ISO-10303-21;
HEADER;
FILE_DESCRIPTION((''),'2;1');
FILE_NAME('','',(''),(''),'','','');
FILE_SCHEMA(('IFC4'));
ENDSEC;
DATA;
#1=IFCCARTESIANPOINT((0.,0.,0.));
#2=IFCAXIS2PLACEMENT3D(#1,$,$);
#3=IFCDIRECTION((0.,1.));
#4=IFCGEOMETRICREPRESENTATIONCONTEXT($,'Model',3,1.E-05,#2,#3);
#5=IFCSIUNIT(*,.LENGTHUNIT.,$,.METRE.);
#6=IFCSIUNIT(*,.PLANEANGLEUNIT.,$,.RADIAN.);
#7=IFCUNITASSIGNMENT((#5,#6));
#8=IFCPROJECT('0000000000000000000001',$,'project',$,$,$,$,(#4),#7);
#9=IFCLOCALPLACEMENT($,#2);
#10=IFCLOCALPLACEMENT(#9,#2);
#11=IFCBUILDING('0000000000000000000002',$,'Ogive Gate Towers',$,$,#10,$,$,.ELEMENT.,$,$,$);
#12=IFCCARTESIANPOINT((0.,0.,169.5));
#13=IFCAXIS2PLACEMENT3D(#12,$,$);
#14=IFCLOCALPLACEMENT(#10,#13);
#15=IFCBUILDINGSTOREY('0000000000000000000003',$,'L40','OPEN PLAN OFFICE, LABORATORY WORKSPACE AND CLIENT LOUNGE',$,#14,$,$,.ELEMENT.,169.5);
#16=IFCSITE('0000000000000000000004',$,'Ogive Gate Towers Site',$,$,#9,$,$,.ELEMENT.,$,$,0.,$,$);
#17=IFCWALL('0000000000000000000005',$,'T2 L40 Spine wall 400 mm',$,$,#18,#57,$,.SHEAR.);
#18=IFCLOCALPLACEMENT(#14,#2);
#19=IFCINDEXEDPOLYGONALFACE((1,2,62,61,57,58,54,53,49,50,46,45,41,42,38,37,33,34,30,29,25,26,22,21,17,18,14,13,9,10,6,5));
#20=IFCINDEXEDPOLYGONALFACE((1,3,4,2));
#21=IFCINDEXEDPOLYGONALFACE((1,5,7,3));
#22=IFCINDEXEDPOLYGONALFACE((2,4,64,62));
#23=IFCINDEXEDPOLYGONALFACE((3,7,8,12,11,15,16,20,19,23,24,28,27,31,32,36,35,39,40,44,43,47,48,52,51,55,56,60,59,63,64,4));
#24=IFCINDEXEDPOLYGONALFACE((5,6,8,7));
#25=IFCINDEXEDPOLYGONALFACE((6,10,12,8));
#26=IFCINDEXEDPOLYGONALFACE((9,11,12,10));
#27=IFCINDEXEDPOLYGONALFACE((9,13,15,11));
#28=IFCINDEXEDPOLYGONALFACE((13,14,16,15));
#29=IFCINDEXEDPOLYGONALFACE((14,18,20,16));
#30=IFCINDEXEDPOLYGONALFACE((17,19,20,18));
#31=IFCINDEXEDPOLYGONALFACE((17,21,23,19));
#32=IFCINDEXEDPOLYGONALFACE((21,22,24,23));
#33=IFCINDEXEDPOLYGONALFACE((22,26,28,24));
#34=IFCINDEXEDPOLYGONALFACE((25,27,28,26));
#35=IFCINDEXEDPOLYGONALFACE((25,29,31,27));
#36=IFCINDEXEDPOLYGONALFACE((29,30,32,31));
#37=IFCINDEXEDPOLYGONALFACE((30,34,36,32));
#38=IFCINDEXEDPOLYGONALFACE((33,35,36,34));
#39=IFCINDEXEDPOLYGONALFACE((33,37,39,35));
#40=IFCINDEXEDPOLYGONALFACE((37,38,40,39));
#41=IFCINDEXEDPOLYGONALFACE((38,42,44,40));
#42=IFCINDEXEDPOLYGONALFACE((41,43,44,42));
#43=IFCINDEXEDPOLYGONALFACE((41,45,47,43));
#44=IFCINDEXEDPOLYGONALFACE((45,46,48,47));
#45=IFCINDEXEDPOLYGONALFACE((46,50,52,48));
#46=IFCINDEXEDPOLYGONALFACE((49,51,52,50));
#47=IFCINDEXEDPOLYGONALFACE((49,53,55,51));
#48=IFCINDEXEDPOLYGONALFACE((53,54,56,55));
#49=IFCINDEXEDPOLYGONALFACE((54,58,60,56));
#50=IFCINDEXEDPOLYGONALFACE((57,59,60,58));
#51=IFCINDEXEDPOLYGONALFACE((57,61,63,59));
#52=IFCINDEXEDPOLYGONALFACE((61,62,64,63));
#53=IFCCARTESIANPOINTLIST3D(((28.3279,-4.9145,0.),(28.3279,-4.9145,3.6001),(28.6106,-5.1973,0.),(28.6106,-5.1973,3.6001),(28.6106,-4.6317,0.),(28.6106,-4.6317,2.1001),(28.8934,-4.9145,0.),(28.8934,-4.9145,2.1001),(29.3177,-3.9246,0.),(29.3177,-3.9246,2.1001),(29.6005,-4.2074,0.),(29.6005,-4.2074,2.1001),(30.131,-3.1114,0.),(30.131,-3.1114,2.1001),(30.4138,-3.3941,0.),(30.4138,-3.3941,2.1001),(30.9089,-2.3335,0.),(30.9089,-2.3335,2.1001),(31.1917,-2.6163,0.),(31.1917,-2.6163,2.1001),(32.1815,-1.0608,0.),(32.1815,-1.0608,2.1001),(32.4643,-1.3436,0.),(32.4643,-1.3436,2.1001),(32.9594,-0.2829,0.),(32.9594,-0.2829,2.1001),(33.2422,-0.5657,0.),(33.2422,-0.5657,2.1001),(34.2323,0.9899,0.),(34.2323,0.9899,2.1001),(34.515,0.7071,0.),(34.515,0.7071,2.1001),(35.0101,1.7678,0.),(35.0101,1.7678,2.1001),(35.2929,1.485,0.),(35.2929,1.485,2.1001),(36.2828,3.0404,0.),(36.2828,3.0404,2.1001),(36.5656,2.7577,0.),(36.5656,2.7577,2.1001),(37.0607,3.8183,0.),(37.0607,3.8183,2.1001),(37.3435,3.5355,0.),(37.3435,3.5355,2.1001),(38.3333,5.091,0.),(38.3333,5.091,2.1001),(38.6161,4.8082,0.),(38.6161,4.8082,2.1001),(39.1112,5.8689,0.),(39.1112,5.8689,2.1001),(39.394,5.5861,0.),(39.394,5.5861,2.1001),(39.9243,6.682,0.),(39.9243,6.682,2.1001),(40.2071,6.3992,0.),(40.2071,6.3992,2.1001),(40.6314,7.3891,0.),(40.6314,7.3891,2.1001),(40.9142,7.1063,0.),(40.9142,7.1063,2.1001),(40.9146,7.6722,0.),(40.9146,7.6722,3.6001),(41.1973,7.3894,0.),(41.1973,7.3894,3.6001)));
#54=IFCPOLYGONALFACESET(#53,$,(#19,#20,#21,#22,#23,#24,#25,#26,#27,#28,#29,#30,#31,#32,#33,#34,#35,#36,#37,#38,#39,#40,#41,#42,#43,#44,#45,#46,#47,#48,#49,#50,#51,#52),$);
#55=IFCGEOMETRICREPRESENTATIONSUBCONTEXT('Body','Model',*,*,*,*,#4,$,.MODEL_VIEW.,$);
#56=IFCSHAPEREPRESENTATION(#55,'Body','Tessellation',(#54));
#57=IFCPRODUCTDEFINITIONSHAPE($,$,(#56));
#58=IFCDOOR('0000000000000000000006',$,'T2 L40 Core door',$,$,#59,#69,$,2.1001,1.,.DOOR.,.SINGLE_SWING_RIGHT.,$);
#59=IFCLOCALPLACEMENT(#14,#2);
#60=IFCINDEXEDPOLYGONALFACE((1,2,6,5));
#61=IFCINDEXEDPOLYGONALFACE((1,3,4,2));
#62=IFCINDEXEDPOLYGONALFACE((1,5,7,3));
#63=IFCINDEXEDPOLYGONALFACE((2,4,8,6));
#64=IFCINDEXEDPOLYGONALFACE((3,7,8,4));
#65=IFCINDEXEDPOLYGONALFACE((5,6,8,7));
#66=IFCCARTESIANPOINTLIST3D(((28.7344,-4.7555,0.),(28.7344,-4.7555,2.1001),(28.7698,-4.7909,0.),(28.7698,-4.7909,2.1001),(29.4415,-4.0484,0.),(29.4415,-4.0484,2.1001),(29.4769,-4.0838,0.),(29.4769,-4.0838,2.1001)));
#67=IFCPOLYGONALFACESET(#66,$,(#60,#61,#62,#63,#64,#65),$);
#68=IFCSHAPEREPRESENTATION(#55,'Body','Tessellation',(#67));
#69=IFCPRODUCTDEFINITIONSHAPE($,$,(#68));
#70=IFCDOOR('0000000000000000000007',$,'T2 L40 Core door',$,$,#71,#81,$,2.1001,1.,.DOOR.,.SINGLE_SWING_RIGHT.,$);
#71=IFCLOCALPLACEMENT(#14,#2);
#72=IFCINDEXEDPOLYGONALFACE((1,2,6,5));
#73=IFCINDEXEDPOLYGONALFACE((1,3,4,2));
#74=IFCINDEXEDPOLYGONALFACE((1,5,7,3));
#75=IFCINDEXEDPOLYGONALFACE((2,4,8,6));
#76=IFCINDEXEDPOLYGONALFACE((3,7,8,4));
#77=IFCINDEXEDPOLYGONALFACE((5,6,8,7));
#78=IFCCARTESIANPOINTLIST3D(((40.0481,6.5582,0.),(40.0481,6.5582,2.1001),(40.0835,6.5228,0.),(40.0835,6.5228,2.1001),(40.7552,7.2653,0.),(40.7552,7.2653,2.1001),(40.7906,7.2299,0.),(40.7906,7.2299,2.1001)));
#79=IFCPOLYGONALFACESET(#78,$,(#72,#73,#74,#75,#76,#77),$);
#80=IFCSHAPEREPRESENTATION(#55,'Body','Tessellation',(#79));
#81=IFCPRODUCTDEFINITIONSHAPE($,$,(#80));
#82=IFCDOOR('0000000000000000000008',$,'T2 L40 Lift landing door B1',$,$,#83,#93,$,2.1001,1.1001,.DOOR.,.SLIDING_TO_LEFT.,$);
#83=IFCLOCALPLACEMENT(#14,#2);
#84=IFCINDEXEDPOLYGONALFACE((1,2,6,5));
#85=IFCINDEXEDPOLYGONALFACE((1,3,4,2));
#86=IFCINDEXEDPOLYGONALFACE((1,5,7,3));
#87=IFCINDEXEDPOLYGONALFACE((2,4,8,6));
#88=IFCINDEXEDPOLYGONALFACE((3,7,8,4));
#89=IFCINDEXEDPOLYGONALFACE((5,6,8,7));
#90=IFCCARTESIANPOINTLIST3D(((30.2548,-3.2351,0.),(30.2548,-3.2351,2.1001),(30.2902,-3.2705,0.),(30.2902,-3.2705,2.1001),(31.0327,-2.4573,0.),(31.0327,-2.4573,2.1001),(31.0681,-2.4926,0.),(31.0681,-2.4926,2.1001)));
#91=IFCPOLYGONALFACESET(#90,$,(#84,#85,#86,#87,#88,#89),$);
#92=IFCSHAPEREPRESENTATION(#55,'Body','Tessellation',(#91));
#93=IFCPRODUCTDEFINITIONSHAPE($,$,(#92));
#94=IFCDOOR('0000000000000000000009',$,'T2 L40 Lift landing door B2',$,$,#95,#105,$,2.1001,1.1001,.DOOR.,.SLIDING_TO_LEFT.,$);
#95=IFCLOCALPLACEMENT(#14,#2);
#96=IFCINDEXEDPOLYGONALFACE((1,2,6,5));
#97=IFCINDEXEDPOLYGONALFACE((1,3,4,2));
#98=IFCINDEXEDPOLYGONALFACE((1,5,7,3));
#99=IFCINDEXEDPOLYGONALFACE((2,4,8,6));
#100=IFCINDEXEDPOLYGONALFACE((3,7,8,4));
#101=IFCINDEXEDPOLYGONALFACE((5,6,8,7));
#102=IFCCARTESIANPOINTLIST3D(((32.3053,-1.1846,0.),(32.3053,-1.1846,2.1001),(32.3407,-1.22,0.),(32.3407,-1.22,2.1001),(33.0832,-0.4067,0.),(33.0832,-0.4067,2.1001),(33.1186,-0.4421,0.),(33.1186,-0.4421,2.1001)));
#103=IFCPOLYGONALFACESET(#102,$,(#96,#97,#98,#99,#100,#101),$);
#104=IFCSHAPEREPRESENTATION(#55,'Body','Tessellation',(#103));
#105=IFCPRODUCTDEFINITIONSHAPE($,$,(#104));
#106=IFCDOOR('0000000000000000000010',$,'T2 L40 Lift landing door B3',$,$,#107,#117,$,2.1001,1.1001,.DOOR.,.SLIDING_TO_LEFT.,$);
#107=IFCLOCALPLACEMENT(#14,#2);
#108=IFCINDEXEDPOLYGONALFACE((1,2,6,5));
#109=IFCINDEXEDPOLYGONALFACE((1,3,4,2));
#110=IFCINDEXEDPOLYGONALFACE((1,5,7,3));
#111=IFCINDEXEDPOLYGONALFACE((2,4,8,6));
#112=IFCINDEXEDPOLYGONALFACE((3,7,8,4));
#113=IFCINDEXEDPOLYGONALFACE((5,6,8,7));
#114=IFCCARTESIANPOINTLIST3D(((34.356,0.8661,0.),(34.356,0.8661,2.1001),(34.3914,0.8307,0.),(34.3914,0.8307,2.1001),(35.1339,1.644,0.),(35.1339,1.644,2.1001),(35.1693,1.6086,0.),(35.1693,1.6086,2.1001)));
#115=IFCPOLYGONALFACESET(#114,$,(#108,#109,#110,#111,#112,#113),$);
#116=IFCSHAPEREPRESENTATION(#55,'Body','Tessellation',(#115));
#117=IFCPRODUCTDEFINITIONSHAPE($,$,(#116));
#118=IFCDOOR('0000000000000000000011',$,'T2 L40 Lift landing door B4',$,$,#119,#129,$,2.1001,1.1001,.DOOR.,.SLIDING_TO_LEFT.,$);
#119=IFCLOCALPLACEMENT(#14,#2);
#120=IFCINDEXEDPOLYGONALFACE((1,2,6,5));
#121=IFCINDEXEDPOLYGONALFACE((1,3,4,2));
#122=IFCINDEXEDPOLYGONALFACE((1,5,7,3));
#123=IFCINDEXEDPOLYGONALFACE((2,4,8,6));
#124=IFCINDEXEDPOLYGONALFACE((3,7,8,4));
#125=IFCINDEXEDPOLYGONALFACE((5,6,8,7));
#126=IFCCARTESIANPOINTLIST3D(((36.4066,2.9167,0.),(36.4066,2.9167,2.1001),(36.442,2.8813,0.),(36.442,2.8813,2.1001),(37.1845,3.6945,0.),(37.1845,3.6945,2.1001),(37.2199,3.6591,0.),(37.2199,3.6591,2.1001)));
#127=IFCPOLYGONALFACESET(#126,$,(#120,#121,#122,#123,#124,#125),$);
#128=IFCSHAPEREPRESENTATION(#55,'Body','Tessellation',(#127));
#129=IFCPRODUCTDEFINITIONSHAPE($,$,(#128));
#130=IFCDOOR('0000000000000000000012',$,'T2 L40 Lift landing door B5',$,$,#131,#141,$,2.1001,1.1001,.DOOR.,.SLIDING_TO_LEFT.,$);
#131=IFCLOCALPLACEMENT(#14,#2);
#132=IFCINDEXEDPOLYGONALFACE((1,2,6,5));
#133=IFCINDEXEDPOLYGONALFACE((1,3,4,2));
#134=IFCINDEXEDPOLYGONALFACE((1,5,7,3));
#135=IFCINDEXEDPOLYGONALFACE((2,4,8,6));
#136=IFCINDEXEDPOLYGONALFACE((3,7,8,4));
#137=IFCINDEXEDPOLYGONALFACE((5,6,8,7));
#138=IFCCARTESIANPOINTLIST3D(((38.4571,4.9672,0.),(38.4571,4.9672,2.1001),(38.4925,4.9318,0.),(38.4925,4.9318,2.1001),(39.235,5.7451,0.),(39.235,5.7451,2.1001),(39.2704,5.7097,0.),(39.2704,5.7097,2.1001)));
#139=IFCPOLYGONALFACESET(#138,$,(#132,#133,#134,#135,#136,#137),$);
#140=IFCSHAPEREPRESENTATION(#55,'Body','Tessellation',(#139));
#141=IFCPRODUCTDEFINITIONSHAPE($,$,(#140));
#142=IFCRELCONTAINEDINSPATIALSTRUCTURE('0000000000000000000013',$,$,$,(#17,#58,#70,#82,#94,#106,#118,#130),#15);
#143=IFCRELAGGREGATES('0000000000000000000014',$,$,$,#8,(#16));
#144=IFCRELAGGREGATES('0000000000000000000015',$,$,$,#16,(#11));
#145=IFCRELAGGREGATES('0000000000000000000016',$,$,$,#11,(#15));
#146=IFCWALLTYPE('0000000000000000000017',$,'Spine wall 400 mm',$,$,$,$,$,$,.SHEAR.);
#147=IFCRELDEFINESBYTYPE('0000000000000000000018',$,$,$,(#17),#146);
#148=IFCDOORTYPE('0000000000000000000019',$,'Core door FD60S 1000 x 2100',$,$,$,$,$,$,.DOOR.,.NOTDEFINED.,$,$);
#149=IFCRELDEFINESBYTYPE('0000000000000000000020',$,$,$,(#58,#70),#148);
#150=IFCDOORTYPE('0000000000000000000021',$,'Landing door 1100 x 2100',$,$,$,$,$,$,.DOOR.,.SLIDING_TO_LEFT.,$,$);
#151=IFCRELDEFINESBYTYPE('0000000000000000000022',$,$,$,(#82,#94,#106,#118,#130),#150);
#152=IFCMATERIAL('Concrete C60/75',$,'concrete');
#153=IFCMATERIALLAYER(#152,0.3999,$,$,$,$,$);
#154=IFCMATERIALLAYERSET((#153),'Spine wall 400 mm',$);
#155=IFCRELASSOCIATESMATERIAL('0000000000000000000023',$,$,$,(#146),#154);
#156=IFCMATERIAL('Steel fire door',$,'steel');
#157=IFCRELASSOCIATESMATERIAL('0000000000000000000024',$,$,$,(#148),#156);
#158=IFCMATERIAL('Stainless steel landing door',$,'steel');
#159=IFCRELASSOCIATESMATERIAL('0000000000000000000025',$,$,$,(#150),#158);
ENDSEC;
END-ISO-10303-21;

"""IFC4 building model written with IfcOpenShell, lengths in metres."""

from ifc_helpers import new_model, si_unit, direction, frame, frame_2d, origin, place, context, subcontext, project, spatial, rectangle, extrude, material, layer, layer_set, type_object, element, fill, save


model = new_model("IFC4")

# Units and contexts
model_context = context("Model", 3, precision=1e-05, world=origin(), true_north=direction((0.0, 1.0)))
body_context = subcontext(model_context, "Body", "Model", "MODEL_VIEW")
ifc_project = project(units=[si_unit("LENGTHUNIT", "METRE"), si_unit("PLANEANGLEUNIT", "RADIAN")], contexts=[model_context])

# Site, building, storey
site_placement = place(None, origin())
site = spatial("IfcSite", under=ifc_project, at=site_placement, Name="Ogive Gate Towers Site", CompositionType="ELEMENT", RefElevation=0.0)
building_placement = place(site_placement, origin())
building = spatial("IfcBuilding", under=site, at=building_placement, Name="Ogive Gate Towers", CompositionType="ELEMENT")
storey_placement = place(building_placement, frame((0.0, 0.0, 169.5)))
storey = spatial("IfcBuildingStorey", under=building, at=storey_placement, Name="L40", Description="OPEN PLAN OFFICE, LABORATORY WORKSPACE AND CLIENT LOUNGE", CompositionType="ELEMENT", Elevation=169.5)

# Shared definitions
ifc_material_1 = material(Name="Concrete C60/75", Category="concrete")

# Wall, openings, doors
ifc_layer_1 = layer(ifc_material_1, 0.3999)
ifc_layer_set_1 = layer_set([ifc_layer_1], Name="Spine wall 400 mm")
wall_type_1 = type_object("IfcWallType", Name="Spine wall 400 mm", PredefinedType="SHEAR", material=ifc_layer_set_1)
ifc_material_2 = material(Name="Steel fire door", Category="steel")
door_type_1 = type_object("IfcDoorType", Name="Core door FD60S 1000 x 2100", OperationType="NOTDEFINED", PredefinedType="DOOR", material=ifc_material_2)
ifc_material_3 = material(Name="Stainless steel landing door", Category="steel")
door_type_2 = type_object("IfcDoorType", Name="Landing door 1100 x 2100", OperationType="SLIDING_TO_LEFT", PredefinedType="DOOR", material=ifc_material_3)
wall_1_placement = place(storey_placement, frame((28.4692, -5.0559, 0.0), z_axis=(0.0, 0.0, 1.0), x_axis=(0.707107, 0.707107, 0.0)))
wall_1 = element("IfcWall", 1, at=wall_1_placement, inside=storey, type_object=wall_type_1, Name="T2 L40 Spine wall 400 mm", PredefinedType="SHEAR", context=body_context, shape_type="SweptSolid", body=[
    extrude(rectangle(XDim=17.8003, YDim=0.3999, at=frame_2d((8.9001, 0.0))), origin(), (0.0, 0.0, 1.0), 3.6001),
])
opening_1_placement = place(wall_1_placement, frame((0.3999, 0.0, 0.0)))
opening_1 = element("IfcOpeningElement", 2, at=opening_1_placement, cuts=wall_1, PredefinedType="OPENING", context=body_context, shape_type="SweptSolid", body=[
    extrude(rectangle(XDim=1.0, YDim=2.1001, at=frame_2d((0.5, 1.05))), frame((0.0, 0.21, 0.0), z_axis=(0.0, -1.0, 0.0), x_axis=(1.0, 0.0, 0.0)), (0.0, 0.0, 1.0), 0.4199),
])
opening_2_placement = place(wall_1_placement, frame((2.55, 0.0, 0.0)))
opening_2 = element("IfcOpeningElement", 3, at=opening_2_placement, cuts=wall_1, PredefinedType="OPENING", context=body_context, shape_type="SweptSolid", body=[
    extrude(rectangle(XDim=1.1001, YDim=2.1001, at=frame_2d((0.55, 1.05))), frame((0.0, 0.21, 0.0), z_axis=(0.0, -1.0, 0.0), x_axis=(1.0, 0.0, 0.0)), (0.0, 0.0, 1.0), 0.4199),
])
opening_3_placement = place(wall_1_placement, frame((5.45, 0.0, 0.0)))
opening_3 = element("IfcOpeningElement", 4, at=opening_3_placement, cuts=wall_1, PredefinedType="OPENING", context=body_context, shape_type="SweptSolid", body=[
    extrude(rectangle(XDim=1.1001, YDim=2.1001, at=frame_2d((0.55, 1.05))), frame((0.0, 0.21, 0.0), z_axis=(0.0, -1.0, 0.0), x_axis=(1.0, 0.0, 0.0)), (0.0, 0.0, 1.0), 0.4199),
])
opening_4_placement = place(wall_1_placement, frame((8.3501, 0.0, 0.0)))
opening_4 = element("IfcOpeningElement", 5, at=opening_4_placement, cuts=wall_1, PredefinedType="OPENING", context=body_context, shape_type="SweptSolid", body=[
    extrude(rectangle(XDim=1.1001, YDim=2.1001, at=frame_2d((0.55, 1.05))), frame((0.0, 0.21, 0.0), z_axis=(0.0, -1.0, 0.0), x_axis=(1.0, 0.0, 0.0)), (0.0, 0.0, 1.0), 0.4199),
])
opening_5_placement = place(wall_1_placement, frame((11.25, 0.0, 0.0)))
opening_5 = element("IfcOpeningElement", 6, at=opening_5_placement, cuts=wall_1, PredefinedType="OPENING", context=body_context, shape_type="SweptSolid", body=[
    extrude(rectangle(XDim=1.1001, YDim=2.1001, at=frame_2d((0.55, 1.05))), frame((0.0, 0.21, 0.0), z_axis=(0.0, -1.0, 0.0), x_axis=(1.0, 0.0, 0.0)), (0.0, 0.0, 1.0), 0.4199),
])
opening_6_placement = place(wall_1_placement, frame((14.1499, 0.0, 0.0)))
opening_6 = element("IfcOpeningElement", 7, at=opening_6_placement, cuts=wall_1, PredefinedType="OPENING", context=body_context, shape_type="SweptSolid", body=[
    extrude(rectangle(XDim=1.1001, YDim=2.1001, at=frame_2d((0.55, 1.05))), frame((0.0, 0.21, 0.0), z_axis=(0.0, -1.0, 0.0), x_axis=(1.0, 0.0, 0.0)), (0.0, 0.0, 1.0), 0.4199),
])
opening_7_placement = place(wall_1_placement, frame((16.3999, 0.0, 0.0)))
opening_7 = element("IfcOpeningElement", 8, at=opening_7_placement, cuts=wall_1, PredefinedType="OPENING", context=body_context, shape_type="SweptSolid", body=[
    extrude(rectangle(XDim=1.0, YDim=2.1001, at=frame_2d((0.5, 1.05))), frame((0.0, 0.21, 0.0), z_axis=(0.0, -1.0, 0.0), x_axis=(1.0, 0.0, 0.0)), (0.0, 0.0, 1.0), 0.4199),
])
door_1_placement = place(opening_1_placement, origin())
door_1 = element("IfcDoor", 9, at=door_1_placement, inside=storey, type_object=door_type_1, Name="T2 L40 Core door", OperationType="SINGLE_SWING_RIGHT", OverallHeight=2.1001, OverallWidth=1.0, PredefinedType="DOOR", context=body_context, shape_type="SweptSolid", body=[
    extrude(rectangle(XDim=1.0, YDim=2.1001, at=frame_2d((0.5, 1.05))), frame((0.0, 0.0249, 0.0), z_axis=(0.0, -1.0, 0.0), x_axis=(1.0, 0.0, 0.0)), (0.0, 0.0, 1.0), 0.05),
])
fill(opening_1, door_1)
door_2_placement = place(opening_7_placement, origin())
door_2 = element("IfcDoor", 10, at=door_2_placement, inside=storey, type_object=door_type_1, Name="T2 L40 Core door", OperationType="SINGLE_SWING_RIGHT", OverallHeight=2.1001, OverallWidth=1.0, PredefinedType="DOOR", context=body_context, shape_type="SweptSolid", body=[
    extrude(rectangle(XDim=1.0, YDim=2.1001, at=frame_2d((0.5, 1.05))), frame((0.0, 0.0249, 0.0), z_axis=(0.0, -1.0, 0.0), x_axis=(1.0, 0.0, 0.0)), (0.0, 0.0, 1.0), 0.05),
])
fill(opening_7, door_2)
door_3_placement = place(opening_2_placement, origin())
door_3 = element("IfcDoor", 11, at=door_3_placement, inside=storey, type_object=door_type_2, Name="T2 L40 Lift landing door B1", OperationType="SLIDING_TO_LEFT", OverallHeight=2.1001, OverallWidth=1.1001, PredefinedType="DOOR", context=body_context, shape_type="SweptSolid", body=[
    extrude(rectangle(XDim=1.1001, YDim=2.1001, at=frame_2d((0.55, 1.05))), frame((0.0, 0.0249, 0.0), z_axis=(0.0, -1.0, 0.0), x_axis=(1.0, 0.0, 0.0)), (0.0, 0.0, 1.0), 0.05),
])
fill(opening_2, door_3)
door_4_placement = place(opening_3_placement, origin())
door_4 = element("IfcDoor", 12, at=door_4_placement, inside=storey, type_object=door_type_2, Name="T2 L40 Lift landing door B2", OperationType="SLIDING_TO_LEFT", OverallHeight=2.1001, OverallWidth=1.1001, PredefinedType="DOOR", context=body_context, shape_type="SweptSolid", body=[
    extrude(rectangle(XDim=1.1001, YDim=2.1001, at=frame_2d((0.55, 1.05))), frame((0.0, 0.0249, 0.0), z_axis=(0.0, -1.0, 0.0), x_axis=(1.0, 0.0, 0.0)), (0.0, 0.0, 1.0), 0.05),
])
fill(opening_3, door_4)
door_5_placement = place(opening_4_placement, origin())
door_5 = element("IfcDoor", 13, at=door_5_placement, inside=storey, type_object=door_type_2, Name="T2 L40 Lift landing door B3", OperationType="SLIDING_TO_LEFT", OverallHeight=2.1001, OverallWidth=1.1001, PredefinedType="DOOR", context=body_context, shape_type="SweptSolid", body=[
    extrude(rectangle(XDim=1.1001, YDim=2.1001, at=frame_2d((0.55, 1.05))), frame((0.0, 0.0249, 0.0), z_axis=(0.0, -1.0, 0.0), x_axis=(1.0, 0.0, 0.0)), (0.0, 0.0, 1.0), 0.05),
])
fill(opening_4, door_5)
door_6_placement = place(opening_5_placement, origin())
door_6 = element("IfcDoor", 14, at=door_6_placement, inside=storey, type_object=door_type_2, Name="T2 L40 Lift landing door B4", OperationType="SLIDING_TO_LEFT", OverallHeight=2.1001, OverallWidth=1.1001, PredefinedType="DOOR", context=body_context, shape_type="SweptSolid", body=[
    extrude(rectangle(XDim=1.1001, YDim=2.1001, at=frame_2d((0.55, 1.05))), frame((0.0, 0.0249, 0.0), z_axis=(0.0, -1.0, 0.0), x_axis=(1.0, 0.0, 0.0)), (0.0, 0.0, 1.0), 0.05),
])
fill(opening_5, door_6)
door_7_placement = place(opening_6_placement, origin())
door_7 = element("IfcDoor", 15, at=door_7_placement, inside=storey, type_object=door_type_2, Name="T2 L40 Lift landing door B5", OperationType="SLIDING_TO_LEFT", OverallHeight=2.1001, OverallWidth=1.1001, PredefinedType="DOOR", context=body_context, shape_type="SweptSolid", body=[
    extrude(rectangle(XDim=1.1001, YDim=2.1001, at=frame_2d((0.55, 1.05))), frame((0.0, 0.0249, 0.0), z_axis=(0.0, -1.0, 0.0), x_axis=(1.0, 0.0, 0.0)), (0.0, 0.0, 1.0), 0.05),
])
fill(opening_6, door_7)

save(model, "model.ifc")
